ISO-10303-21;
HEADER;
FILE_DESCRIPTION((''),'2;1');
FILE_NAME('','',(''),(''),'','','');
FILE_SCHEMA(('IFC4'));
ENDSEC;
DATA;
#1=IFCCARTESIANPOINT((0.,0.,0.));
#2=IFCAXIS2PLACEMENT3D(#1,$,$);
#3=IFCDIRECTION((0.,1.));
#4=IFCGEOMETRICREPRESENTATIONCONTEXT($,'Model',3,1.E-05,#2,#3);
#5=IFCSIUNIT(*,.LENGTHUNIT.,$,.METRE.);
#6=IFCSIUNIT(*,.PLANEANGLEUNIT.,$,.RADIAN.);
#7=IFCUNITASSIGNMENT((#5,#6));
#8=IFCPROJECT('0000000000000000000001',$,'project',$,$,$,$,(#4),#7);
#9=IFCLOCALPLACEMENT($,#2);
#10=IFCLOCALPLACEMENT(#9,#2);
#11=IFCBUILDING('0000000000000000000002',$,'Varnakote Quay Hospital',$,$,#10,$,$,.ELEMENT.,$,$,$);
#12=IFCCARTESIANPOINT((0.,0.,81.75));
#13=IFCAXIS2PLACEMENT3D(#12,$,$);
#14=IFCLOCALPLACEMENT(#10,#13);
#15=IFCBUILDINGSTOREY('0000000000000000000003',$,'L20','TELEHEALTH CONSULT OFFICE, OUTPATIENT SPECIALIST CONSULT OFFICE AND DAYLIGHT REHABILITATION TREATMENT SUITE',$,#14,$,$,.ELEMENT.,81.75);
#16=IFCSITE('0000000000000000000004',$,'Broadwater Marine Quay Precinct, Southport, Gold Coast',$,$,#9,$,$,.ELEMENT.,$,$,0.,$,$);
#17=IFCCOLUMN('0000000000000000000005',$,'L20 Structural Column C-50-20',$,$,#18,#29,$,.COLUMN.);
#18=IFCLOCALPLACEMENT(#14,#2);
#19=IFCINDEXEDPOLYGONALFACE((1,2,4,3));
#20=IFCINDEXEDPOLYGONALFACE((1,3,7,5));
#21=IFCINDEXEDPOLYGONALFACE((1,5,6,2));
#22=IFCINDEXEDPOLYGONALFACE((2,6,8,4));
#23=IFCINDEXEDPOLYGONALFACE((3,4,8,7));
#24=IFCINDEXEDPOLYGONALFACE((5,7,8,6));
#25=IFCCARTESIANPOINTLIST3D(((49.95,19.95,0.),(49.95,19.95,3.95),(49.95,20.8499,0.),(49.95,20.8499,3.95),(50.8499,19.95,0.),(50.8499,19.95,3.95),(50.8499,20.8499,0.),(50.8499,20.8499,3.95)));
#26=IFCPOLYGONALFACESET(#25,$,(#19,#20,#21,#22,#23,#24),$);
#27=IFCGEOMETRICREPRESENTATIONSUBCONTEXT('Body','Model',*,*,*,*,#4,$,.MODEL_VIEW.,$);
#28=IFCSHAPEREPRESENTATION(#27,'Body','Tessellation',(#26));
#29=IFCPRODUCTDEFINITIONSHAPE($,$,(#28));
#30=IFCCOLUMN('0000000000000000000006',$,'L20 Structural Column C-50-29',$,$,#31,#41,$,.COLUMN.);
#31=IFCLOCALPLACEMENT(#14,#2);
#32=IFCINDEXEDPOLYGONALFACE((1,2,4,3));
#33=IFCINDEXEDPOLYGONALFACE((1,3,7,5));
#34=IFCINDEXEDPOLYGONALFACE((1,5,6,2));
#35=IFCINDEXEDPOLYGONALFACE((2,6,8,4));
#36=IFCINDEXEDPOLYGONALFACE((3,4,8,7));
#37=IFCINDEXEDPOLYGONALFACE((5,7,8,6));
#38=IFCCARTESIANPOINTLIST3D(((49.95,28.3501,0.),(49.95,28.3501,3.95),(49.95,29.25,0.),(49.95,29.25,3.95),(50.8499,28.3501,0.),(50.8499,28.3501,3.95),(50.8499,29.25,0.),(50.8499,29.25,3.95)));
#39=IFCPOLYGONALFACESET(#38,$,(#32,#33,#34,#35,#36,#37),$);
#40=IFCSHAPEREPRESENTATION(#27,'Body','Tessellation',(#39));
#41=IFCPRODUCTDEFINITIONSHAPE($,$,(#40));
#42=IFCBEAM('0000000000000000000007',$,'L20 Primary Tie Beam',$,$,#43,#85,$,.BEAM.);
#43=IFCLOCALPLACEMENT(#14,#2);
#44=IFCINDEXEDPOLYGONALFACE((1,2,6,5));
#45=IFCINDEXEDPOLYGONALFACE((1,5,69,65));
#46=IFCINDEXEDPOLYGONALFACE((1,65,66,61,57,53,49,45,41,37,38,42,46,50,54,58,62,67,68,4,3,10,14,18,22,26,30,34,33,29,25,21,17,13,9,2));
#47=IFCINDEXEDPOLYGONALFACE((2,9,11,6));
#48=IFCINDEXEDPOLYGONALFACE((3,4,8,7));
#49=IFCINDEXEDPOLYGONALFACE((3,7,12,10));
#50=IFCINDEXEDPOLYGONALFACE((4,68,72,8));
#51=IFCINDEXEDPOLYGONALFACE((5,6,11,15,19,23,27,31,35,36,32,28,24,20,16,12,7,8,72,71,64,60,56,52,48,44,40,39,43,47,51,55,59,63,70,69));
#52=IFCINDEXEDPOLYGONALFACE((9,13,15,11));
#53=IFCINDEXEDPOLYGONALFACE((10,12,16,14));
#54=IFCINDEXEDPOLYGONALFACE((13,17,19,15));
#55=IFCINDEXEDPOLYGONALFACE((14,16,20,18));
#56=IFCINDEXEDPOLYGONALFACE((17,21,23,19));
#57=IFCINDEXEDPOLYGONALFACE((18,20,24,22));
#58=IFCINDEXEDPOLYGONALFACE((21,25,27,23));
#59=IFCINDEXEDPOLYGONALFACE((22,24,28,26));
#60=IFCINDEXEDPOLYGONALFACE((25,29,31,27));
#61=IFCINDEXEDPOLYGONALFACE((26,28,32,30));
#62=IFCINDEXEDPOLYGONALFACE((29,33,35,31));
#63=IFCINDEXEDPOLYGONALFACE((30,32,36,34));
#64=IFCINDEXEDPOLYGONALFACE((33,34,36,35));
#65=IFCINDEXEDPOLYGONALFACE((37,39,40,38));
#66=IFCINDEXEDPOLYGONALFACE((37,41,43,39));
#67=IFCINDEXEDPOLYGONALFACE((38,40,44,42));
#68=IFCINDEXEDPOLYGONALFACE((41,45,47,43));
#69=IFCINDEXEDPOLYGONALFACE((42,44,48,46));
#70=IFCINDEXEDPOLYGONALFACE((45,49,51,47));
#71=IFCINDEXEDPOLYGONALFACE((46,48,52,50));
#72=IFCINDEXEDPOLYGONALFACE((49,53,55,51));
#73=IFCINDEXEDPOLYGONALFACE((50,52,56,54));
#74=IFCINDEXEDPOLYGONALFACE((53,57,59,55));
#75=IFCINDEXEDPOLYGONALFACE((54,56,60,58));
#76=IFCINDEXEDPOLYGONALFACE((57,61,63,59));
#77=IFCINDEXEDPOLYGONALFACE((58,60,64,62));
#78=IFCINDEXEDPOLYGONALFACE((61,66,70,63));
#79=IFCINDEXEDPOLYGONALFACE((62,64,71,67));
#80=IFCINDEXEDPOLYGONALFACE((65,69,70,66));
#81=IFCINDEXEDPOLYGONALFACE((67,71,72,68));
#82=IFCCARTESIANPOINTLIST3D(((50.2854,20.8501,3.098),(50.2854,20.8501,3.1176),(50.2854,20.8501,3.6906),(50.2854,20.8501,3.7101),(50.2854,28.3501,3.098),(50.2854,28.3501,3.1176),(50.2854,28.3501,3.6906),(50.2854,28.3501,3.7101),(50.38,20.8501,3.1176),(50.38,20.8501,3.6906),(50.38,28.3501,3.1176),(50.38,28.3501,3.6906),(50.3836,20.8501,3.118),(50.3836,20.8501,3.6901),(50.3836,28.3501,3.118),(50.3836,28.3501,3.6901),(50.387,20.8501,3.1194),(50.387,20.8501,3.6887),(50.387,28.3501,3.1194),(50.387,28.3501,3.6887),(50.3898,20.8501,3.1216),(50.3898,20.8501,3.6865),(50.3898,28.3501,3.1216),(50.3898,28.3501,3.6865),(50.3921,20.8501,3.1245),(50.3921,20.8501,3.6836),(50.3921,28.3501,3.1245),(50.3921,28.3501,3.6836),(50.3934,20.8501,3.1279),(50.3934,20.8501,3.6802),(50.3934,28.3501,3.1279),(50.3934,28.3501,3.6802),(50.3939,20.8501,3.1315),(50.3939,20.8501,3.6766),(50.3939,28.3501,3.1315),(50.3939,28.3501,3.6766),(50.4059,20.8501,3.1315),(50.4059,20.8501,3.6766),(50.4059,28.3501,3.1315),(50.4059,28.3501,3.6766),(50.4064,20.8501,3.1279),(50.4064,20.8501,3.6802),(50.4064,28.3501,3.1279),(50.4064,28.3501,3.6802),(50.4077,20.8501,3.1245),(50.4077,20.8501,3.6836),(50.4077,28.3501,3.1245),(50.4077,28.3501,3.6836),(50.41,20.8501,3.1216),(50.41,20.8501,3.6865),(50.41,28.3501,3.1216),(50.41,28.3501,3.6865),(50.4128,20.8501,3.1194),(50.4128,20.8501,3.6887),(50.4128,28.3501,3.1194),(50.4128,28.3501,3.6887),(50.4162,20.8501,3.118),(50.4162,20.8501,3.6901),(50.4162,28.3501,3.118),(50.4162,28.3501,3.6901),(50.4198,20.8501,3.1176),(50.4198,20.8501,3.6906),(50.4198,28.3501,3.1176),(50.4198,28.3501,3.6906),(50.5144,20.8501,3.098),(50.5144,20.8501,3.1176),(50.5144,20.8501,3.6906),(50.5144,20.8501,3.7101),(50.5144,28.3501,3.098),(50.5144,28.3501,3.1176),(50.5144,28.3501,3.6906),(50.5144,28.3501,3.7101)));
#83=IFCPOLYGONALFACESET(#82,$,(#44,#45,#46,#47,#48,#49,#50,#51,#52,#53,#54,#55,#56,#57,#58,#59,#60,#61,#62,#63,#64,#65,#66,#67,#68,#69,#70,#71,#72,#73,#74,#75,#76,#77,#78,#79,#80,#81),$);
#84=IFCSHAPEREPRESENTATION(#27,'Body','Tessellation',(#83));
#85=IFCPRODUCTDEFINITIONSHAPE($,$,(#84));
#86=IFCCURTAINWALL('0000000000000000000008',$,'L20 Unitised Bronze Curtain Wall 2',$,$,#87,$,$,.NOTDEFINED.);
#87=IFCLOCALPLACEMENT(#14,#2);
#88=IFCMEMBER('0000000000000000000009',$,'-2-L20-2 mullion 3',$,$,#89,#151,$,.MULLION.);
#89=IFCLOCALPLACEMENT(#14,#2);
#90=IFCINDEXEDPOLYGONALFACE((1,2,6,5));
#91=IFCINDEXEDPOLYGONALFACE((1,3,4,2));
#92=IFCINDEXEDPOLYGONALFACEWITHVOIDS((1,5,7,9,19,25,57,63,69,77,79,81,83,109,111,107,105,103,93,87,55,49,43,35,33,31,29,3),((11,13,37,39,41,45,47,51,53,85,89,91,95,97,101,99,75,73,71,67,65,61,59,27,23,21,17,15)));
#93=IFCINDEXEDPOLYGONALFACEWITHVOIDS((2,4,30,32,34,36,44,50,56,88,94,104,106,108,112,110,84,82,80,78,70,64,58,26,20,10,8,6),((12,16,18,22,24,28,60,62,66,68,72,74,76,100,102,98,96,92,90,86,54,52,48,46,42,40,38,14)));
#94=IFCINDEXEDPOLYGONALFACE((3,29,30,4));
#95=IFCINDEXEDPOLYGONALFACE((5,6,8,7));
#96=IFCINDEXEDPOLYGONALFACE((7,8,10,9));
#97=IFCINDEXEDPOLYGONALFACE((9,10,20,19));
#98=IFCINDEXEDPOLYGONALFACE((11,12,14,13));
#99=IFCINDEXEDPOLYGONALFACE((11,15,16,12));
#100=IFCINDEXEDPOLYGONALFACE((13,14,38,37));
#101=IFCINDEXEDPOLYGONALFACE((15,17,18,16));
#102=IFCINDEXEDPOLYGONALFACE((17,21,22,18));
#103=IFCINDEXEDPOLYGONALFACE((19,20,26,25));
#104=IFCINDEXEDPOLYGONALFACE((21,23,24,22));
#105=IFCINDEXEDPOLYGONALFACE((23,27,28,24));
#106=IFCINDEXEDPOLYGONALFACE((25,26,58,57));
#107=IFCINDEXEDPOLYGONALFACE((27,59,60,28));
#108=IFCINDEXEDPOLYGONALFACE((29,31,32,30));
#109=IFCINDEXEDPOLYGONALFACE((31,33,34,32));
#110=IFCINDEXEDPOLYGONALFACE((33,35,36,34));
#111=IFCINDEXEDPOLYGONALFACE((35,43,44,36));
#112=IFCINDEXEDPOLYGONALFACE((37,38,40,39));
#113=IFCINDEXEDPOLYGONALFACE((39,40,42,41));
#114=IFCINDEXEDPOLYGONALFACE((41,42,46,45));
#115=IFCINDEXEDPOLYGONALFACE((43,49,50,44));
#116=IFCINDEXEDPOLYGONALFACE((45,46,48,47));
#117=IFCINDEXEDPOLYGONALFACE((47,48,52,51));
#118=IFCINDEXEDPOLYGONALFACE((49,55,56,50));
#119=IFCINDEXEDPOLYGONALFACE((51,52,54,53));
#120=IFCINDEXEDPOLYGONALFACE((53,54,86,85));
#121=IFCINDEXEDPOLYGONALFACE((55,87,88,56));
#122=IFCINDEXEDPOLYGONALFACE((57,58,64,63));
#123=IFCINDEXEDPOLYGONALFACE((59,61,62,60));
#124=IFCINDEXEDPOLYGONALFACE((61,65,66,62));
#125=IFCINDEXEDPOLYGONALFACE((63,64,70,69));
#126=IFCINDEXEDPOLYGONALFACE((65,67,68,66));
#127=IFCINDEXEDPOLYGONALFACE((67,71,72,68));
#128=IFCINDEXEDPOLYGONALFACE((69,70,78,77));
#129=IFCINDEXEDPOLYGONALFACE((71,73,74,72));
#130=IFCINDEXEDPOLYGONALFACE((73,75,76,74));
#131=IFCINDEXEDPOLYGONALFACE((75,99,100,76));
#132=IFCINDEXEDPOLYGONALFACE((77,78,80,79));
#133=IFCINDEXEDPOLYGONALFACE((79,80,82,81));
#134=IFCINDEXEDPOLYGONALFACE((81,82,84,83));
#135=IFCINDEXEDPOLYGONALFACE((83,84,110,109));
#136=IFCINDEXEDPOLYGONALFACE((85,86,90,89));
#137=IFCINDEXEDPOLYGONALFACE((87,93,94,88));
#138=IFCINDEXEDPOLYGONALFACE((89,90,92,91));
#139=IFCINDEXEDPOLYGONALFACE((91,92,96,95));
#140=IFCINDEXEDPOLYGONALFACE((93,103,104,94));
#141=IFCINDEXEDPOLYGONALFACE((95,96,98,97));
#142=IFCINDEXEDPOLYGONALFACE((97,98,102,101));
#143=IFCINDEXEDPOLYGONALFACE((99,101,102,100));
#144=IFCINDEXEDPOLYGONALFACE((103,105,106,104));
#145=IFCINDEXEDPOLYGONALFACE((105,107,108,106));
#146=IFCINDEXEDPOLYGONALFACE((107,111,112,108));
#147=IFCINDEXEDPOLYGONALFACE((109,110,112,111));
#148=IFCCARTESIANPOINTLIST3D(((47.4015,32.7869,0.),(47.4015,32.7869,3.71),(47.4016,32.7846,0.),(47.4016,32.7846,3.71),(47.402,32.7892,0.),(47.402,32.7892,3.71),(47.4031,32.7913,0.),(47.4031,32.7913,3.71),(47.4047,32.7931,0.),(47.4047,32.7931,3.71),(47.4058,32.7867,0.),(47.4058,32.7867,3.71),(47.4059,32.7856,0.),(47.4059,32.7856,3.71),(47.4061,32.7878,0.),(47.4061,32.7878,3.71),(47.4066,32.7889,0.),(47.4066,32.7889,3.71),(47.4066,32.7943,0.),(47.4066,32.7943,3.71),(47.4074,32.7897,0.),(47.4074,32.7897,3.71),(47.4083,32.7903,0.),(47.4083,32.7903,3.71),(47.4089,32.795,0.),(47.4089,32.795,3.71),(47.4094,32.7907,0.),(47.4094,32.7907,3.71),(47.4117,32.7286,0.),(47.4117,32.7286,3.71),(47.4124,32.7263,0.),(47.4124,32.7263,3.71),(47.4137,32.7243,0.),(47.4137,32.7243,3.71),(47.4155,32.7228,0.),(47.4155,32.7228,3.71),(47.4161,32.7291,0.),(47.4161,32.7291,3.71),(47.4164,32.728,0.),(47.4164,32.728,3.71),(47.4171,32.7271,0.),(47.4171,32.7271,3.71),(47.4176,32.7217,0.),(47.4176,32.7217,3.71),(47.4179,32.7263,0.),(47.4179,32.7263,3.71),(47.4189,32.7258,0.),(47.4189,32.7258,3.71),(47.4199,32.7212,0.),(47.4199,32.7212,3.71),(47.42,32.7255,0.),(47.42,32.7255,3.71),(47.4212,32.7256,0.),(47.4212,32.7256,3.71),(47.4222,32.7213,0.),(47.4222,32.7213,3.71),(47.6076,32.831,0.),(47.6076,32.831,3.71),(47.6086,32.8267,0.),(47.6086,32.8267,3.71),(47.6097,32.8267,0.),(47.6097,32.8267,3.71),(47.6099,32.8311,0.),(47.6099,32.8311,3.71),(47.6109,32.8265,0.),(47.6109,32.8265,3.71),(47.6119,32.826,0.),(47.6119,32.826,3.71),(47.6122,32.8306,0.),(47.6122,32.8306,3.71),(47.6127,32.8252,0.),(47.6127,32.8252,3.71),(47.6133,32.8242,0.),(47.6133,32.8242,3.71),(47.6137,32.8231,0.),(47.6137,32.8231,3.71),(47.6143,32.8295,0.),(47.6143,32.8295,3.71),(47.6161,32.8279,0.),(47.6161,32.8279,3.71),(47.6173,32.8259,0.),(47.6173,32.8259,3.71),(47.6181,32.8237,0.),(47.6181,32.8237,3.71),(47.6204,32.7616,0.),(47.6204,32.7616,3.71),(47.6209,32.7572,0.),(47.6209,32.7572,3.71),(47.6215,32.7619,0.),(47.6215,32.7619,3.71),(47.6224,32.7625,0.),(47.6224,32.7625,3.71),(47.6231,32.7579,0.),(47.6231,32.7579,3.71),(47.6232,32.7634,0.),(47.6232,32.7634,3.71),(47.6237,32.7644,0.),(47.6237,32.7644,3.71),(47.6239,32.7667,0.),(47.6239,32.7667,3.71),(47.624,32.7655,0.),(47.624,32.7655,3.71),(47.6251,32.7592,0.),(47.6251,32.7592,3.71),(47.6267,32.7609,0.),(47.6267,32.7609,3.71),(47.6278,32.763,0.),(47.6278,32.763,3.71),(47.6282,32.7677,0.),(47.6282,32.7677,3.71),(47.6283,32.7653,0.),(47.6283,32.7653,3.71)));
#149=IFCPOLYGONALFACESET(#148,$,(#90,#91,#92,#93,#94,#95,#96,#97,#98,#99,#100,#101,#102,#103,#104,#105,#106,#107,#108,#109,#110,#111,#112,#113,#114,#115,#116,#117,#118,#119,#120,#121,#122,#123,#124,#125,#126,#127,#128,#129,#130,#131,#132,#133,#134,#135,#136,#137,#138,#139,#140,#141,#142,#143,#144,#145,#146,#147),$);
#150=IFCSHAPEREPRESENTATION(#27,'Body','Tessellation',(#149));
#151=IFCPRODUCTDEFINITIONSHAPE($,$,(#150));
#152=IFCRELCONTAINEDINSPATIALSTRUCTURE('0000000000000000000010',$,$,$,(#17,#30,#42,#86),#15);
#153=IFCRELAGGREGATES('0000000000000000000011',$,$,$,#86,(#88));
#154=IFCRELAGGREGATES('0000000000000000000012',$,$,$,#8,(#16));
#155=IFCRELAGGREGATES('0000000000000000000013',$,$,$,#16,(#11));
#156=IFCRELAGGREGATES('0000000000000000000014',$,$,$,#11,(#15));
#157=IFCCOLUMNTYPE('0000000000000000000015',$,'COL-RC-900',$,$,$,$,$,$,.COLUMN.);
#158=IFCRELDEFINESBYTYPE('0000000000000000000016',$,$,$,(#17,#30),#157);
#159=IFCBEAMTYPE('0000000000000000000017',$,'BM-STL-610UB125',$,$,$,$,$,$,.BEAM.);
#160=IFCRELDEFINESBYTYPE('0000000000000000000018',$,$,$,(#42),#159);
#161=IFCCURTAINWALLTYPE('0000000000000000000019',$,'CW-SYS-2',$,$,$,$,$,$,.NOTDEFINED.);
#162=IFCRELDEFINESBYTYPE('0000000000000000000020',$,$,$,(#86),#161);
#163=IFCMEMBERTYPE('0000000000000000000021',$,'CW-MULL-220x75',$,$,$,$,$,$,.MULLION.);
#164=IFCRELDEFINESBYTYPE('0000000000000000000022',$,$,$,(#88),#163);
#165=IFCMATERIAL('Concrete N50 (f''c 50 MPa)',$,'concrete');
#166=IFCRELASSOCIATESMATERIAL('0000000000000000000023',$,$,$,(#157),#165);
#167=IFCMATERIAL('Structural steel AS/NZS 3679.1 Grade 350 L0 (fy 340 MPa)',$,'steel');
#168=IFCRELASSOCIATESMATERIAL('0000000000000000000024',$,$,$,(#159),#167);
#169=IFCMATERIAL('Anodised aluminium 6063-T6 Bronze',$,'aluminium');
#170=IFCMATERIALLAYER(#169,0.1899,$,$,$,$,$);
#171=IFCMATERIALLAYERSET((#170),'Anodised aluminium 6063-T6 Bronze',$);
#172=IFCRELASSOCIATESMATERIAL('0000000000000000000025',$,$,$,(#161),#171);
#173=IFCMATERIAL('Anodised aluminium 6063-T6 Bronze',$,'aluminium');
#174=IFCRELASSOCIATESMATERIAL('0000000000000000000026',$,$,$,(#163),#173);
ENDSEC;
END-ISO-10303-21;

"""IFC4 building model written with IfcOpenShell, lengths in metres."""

from ifc_helpers import new_model, si_unit, direction, frame, origin, origin_2d, place, context, subcontext, project, spatial, rectangle, hollow_rectangle, i_section, extrude, material, layer, layer_set, material_profile, profile_set, type_object, element, aggregate, save


model = new_model("IFC4")

# Units and contexts
model_context = context("Model", 3, precision=1e-05, world=origin(), true_north=direction((0.0, 1.0)))
body_context = subcontext(model_context, "Body", "Model", "MODEL_VIEW")
ifc_project = project(units=[si_unit("LENGTHUNIT", "METRE"), si_unit("PLANEANGLEUNIT", "RADIAN")], contexts=[model_context])

# Site, building, storey
site_placement = place(None, origin())
site = spatial("IfcSite", under=ifc_project, at=site_placement, Name="Broadwater Marine Quay Precinct, Southport, Gold Coast", CompositionType="ELEMENT", RefElevation=0.0)
building_placement = place(site_placement, origin())
building = spatial("IfcBuilding", under=site, at=building_placement, Name="Varnakote Quay Hospital", CompositionType="ELEMENT")
storey_placement = place(building_placement, frame((0.0, 0.0, 81.75)))
storey = spatial("IfcBuildingStorey", under=building, at=storey_placement, Name="L20", Description="TELEHEALTH CONSULT OFFICE, OUTPATIENT SPECIALIST CONSULT OFFICE AND DAYLIGHT REHABILITATION TREATMENT SUITE", CompositionType="ELEMENT", Elevation=81.75)

# Columns
ifc_material_1 = material(Name="Concrete N50 (f'c 50 MPa)", Category="concrete")
ifc_material_profile_1 = material_profile(ifc_material_1, rectangle(XDim=0.8999, YDim=0.8999, at=origin_2d()), Name="RC-COL-900x900")
ifc_profile_set_1 = profile_set([ifc_material_profile_1], Name="Concrete N50 (f'c 50 MPa)")
column_type = type_object("IfcColumnType", Name="COL-RC-900", PredefinedType="COLUMN", material=ifc_profile_set_1)
for number, where, z_axis, x_axis, name in (
    (1, (50.3999, 20.3999, 0.0), (0.0, 0.0, 1.0), (1.0, 0.0, 0.0), "L20 Structural Column C-50-20"),
    (2, (50.3999, 28.8, 0.0), (0.0, 0.0, 1.0), (1.0, 0.0, 0.0), "L20 Structural Column C-50-29"),
):
    element("IfcColumn", number, at=place(storey_placement, frame(where, z_axis=z_axis, x_axis=x_axis)), inside=storey, type_object=column_type, Name=name, PredefinedType="COLUMN", context=body_context, shape_type="SweptSolid", body=[
        extrude(rectangle(XDim=0.8999, YDim=0.8999, at=origin_2d()), origin(), (0.0, 0.0, 1.0), 3.95),
    ])

# Beam
ifc_material_2 = material(Name="Structural steel AS/NZS 3679.1 Grade 350 L0 (fy 340 MPa)", Category="steel")
ifc_material_profile_2 = material_profile(ifc_material_2, i_section(OverallWidth=0.229, OverallDepth=0.6121, WebThickness=0.012, FlangeThickness=0.0195, FilletRadius=0.0139, at=origin_2d()), Name="610UB125")
ifc_profile_set_2 = profile_set([ifc_material_profile_2], Name="Structural steel AS/NZS 3679.1 Grade 350 L0 (fy 340 MPa)")
beam_type = type_object("IfcBeamType", Name="BM-STL-610UB125", PredefinedType="BEAM", material=ifc_profile_set_2)
beam_placement = place(storey_placement, frame((50.3999, 20.8501, 3.4041), z_axis=(0.0, 1.0, 0.0), x_axis=(-1.0, 0.0, 0.0)))
element("IfcBeam", 3, at=beam_placement, inside=storey, type_object=beam_type, Name="L20 Primary Tie Beam", PredefinedType="BEAM", context=body_context, shape_type="SweptSolid", body=[
    extrude(i_section(OverallWidth=0.229, OverallDepth=0.6121, WebThickness=0.012, FlangeThickness=0.0195, FilletRadius=0.0139, at=origin_2d()), origin(), (0.0, 0.0, 1.0), 7.5),
])

# Curtain wall, member
ifc_material_3 = material(Name="Anodised aluminium 6063-T6 Bronze", Category="aluminium")
ifc_layer_1 = layer(ifc_material_3, 0.1899)
ifc_layer_set_1 = layer_set([ifc_layer_1], Name="Anodised aluminium 6063-T6 Bronze")
curtain_wall_type = type_object("IfcCurtainWallType", Name="CW-SYS-2", PredefinedType="NOTDEFINED", material=ifc_layer_set_1)
curtain_wall_placement = place(storey_placement, origin())
curtain_wall = element("IfcCurtainWall", 4, at=curtain_wall_placement, inside=storey, type_object=curtain_wall_type, Name="L20 Unitised Bronze Curtain Wall 2", PredefinedType="NOTDEFINED")
ifc_material_4 = material(Name="Anodised aluminium 6063-T6 Bronze", Category="aluminium")
ifc_material_profile_3 = material_profile(ifc_material_4, hollow_rectangle(XDim=0.075, YDim=0.22, WallThickness=0.0044, InnerFilletRadius=0.0044, OuterFilletRadius=0.009, at=origin_2d()), Name="CW-MULL-220x75")
ifc_profile_set_3 = profile_set([ifc_material_profile_3], Name="Anodised aluminium 6063-T6 Bronze")
member_type_1 = type_object("IfcMemberType", Name="CW-MULL-220x75", PredefinedType="MULLION", material=ifc_profile_set_3)
member_1_placement = place(storey_placement, frame((47.5149, 32.7761, 0.0), z_axis=(0.0, 0.0, 1.0), x_axis=(0.177846, -0.984058, 0.0)))
member_1 = element("IfcMember", 5, at=member_1_placement, type_object=member_type_1, Name="-2-L20-2 mullion 3", PredefinedType="MULLION", context=body_context, shape_type="SweptSolid", body=[
    extrude(hollow_rectangle(XDim=0.075, YDim=0.22, WallThickness=0.0044, InnerFilletRadius=0.0044, OuterFilletRadius=0.009, at=origin_2d()), origin(), (0.0, 0.0, 1.0), 3.71),
])
aggregate(curtain_wall, [member_1])

save(model, "model.ifc")
